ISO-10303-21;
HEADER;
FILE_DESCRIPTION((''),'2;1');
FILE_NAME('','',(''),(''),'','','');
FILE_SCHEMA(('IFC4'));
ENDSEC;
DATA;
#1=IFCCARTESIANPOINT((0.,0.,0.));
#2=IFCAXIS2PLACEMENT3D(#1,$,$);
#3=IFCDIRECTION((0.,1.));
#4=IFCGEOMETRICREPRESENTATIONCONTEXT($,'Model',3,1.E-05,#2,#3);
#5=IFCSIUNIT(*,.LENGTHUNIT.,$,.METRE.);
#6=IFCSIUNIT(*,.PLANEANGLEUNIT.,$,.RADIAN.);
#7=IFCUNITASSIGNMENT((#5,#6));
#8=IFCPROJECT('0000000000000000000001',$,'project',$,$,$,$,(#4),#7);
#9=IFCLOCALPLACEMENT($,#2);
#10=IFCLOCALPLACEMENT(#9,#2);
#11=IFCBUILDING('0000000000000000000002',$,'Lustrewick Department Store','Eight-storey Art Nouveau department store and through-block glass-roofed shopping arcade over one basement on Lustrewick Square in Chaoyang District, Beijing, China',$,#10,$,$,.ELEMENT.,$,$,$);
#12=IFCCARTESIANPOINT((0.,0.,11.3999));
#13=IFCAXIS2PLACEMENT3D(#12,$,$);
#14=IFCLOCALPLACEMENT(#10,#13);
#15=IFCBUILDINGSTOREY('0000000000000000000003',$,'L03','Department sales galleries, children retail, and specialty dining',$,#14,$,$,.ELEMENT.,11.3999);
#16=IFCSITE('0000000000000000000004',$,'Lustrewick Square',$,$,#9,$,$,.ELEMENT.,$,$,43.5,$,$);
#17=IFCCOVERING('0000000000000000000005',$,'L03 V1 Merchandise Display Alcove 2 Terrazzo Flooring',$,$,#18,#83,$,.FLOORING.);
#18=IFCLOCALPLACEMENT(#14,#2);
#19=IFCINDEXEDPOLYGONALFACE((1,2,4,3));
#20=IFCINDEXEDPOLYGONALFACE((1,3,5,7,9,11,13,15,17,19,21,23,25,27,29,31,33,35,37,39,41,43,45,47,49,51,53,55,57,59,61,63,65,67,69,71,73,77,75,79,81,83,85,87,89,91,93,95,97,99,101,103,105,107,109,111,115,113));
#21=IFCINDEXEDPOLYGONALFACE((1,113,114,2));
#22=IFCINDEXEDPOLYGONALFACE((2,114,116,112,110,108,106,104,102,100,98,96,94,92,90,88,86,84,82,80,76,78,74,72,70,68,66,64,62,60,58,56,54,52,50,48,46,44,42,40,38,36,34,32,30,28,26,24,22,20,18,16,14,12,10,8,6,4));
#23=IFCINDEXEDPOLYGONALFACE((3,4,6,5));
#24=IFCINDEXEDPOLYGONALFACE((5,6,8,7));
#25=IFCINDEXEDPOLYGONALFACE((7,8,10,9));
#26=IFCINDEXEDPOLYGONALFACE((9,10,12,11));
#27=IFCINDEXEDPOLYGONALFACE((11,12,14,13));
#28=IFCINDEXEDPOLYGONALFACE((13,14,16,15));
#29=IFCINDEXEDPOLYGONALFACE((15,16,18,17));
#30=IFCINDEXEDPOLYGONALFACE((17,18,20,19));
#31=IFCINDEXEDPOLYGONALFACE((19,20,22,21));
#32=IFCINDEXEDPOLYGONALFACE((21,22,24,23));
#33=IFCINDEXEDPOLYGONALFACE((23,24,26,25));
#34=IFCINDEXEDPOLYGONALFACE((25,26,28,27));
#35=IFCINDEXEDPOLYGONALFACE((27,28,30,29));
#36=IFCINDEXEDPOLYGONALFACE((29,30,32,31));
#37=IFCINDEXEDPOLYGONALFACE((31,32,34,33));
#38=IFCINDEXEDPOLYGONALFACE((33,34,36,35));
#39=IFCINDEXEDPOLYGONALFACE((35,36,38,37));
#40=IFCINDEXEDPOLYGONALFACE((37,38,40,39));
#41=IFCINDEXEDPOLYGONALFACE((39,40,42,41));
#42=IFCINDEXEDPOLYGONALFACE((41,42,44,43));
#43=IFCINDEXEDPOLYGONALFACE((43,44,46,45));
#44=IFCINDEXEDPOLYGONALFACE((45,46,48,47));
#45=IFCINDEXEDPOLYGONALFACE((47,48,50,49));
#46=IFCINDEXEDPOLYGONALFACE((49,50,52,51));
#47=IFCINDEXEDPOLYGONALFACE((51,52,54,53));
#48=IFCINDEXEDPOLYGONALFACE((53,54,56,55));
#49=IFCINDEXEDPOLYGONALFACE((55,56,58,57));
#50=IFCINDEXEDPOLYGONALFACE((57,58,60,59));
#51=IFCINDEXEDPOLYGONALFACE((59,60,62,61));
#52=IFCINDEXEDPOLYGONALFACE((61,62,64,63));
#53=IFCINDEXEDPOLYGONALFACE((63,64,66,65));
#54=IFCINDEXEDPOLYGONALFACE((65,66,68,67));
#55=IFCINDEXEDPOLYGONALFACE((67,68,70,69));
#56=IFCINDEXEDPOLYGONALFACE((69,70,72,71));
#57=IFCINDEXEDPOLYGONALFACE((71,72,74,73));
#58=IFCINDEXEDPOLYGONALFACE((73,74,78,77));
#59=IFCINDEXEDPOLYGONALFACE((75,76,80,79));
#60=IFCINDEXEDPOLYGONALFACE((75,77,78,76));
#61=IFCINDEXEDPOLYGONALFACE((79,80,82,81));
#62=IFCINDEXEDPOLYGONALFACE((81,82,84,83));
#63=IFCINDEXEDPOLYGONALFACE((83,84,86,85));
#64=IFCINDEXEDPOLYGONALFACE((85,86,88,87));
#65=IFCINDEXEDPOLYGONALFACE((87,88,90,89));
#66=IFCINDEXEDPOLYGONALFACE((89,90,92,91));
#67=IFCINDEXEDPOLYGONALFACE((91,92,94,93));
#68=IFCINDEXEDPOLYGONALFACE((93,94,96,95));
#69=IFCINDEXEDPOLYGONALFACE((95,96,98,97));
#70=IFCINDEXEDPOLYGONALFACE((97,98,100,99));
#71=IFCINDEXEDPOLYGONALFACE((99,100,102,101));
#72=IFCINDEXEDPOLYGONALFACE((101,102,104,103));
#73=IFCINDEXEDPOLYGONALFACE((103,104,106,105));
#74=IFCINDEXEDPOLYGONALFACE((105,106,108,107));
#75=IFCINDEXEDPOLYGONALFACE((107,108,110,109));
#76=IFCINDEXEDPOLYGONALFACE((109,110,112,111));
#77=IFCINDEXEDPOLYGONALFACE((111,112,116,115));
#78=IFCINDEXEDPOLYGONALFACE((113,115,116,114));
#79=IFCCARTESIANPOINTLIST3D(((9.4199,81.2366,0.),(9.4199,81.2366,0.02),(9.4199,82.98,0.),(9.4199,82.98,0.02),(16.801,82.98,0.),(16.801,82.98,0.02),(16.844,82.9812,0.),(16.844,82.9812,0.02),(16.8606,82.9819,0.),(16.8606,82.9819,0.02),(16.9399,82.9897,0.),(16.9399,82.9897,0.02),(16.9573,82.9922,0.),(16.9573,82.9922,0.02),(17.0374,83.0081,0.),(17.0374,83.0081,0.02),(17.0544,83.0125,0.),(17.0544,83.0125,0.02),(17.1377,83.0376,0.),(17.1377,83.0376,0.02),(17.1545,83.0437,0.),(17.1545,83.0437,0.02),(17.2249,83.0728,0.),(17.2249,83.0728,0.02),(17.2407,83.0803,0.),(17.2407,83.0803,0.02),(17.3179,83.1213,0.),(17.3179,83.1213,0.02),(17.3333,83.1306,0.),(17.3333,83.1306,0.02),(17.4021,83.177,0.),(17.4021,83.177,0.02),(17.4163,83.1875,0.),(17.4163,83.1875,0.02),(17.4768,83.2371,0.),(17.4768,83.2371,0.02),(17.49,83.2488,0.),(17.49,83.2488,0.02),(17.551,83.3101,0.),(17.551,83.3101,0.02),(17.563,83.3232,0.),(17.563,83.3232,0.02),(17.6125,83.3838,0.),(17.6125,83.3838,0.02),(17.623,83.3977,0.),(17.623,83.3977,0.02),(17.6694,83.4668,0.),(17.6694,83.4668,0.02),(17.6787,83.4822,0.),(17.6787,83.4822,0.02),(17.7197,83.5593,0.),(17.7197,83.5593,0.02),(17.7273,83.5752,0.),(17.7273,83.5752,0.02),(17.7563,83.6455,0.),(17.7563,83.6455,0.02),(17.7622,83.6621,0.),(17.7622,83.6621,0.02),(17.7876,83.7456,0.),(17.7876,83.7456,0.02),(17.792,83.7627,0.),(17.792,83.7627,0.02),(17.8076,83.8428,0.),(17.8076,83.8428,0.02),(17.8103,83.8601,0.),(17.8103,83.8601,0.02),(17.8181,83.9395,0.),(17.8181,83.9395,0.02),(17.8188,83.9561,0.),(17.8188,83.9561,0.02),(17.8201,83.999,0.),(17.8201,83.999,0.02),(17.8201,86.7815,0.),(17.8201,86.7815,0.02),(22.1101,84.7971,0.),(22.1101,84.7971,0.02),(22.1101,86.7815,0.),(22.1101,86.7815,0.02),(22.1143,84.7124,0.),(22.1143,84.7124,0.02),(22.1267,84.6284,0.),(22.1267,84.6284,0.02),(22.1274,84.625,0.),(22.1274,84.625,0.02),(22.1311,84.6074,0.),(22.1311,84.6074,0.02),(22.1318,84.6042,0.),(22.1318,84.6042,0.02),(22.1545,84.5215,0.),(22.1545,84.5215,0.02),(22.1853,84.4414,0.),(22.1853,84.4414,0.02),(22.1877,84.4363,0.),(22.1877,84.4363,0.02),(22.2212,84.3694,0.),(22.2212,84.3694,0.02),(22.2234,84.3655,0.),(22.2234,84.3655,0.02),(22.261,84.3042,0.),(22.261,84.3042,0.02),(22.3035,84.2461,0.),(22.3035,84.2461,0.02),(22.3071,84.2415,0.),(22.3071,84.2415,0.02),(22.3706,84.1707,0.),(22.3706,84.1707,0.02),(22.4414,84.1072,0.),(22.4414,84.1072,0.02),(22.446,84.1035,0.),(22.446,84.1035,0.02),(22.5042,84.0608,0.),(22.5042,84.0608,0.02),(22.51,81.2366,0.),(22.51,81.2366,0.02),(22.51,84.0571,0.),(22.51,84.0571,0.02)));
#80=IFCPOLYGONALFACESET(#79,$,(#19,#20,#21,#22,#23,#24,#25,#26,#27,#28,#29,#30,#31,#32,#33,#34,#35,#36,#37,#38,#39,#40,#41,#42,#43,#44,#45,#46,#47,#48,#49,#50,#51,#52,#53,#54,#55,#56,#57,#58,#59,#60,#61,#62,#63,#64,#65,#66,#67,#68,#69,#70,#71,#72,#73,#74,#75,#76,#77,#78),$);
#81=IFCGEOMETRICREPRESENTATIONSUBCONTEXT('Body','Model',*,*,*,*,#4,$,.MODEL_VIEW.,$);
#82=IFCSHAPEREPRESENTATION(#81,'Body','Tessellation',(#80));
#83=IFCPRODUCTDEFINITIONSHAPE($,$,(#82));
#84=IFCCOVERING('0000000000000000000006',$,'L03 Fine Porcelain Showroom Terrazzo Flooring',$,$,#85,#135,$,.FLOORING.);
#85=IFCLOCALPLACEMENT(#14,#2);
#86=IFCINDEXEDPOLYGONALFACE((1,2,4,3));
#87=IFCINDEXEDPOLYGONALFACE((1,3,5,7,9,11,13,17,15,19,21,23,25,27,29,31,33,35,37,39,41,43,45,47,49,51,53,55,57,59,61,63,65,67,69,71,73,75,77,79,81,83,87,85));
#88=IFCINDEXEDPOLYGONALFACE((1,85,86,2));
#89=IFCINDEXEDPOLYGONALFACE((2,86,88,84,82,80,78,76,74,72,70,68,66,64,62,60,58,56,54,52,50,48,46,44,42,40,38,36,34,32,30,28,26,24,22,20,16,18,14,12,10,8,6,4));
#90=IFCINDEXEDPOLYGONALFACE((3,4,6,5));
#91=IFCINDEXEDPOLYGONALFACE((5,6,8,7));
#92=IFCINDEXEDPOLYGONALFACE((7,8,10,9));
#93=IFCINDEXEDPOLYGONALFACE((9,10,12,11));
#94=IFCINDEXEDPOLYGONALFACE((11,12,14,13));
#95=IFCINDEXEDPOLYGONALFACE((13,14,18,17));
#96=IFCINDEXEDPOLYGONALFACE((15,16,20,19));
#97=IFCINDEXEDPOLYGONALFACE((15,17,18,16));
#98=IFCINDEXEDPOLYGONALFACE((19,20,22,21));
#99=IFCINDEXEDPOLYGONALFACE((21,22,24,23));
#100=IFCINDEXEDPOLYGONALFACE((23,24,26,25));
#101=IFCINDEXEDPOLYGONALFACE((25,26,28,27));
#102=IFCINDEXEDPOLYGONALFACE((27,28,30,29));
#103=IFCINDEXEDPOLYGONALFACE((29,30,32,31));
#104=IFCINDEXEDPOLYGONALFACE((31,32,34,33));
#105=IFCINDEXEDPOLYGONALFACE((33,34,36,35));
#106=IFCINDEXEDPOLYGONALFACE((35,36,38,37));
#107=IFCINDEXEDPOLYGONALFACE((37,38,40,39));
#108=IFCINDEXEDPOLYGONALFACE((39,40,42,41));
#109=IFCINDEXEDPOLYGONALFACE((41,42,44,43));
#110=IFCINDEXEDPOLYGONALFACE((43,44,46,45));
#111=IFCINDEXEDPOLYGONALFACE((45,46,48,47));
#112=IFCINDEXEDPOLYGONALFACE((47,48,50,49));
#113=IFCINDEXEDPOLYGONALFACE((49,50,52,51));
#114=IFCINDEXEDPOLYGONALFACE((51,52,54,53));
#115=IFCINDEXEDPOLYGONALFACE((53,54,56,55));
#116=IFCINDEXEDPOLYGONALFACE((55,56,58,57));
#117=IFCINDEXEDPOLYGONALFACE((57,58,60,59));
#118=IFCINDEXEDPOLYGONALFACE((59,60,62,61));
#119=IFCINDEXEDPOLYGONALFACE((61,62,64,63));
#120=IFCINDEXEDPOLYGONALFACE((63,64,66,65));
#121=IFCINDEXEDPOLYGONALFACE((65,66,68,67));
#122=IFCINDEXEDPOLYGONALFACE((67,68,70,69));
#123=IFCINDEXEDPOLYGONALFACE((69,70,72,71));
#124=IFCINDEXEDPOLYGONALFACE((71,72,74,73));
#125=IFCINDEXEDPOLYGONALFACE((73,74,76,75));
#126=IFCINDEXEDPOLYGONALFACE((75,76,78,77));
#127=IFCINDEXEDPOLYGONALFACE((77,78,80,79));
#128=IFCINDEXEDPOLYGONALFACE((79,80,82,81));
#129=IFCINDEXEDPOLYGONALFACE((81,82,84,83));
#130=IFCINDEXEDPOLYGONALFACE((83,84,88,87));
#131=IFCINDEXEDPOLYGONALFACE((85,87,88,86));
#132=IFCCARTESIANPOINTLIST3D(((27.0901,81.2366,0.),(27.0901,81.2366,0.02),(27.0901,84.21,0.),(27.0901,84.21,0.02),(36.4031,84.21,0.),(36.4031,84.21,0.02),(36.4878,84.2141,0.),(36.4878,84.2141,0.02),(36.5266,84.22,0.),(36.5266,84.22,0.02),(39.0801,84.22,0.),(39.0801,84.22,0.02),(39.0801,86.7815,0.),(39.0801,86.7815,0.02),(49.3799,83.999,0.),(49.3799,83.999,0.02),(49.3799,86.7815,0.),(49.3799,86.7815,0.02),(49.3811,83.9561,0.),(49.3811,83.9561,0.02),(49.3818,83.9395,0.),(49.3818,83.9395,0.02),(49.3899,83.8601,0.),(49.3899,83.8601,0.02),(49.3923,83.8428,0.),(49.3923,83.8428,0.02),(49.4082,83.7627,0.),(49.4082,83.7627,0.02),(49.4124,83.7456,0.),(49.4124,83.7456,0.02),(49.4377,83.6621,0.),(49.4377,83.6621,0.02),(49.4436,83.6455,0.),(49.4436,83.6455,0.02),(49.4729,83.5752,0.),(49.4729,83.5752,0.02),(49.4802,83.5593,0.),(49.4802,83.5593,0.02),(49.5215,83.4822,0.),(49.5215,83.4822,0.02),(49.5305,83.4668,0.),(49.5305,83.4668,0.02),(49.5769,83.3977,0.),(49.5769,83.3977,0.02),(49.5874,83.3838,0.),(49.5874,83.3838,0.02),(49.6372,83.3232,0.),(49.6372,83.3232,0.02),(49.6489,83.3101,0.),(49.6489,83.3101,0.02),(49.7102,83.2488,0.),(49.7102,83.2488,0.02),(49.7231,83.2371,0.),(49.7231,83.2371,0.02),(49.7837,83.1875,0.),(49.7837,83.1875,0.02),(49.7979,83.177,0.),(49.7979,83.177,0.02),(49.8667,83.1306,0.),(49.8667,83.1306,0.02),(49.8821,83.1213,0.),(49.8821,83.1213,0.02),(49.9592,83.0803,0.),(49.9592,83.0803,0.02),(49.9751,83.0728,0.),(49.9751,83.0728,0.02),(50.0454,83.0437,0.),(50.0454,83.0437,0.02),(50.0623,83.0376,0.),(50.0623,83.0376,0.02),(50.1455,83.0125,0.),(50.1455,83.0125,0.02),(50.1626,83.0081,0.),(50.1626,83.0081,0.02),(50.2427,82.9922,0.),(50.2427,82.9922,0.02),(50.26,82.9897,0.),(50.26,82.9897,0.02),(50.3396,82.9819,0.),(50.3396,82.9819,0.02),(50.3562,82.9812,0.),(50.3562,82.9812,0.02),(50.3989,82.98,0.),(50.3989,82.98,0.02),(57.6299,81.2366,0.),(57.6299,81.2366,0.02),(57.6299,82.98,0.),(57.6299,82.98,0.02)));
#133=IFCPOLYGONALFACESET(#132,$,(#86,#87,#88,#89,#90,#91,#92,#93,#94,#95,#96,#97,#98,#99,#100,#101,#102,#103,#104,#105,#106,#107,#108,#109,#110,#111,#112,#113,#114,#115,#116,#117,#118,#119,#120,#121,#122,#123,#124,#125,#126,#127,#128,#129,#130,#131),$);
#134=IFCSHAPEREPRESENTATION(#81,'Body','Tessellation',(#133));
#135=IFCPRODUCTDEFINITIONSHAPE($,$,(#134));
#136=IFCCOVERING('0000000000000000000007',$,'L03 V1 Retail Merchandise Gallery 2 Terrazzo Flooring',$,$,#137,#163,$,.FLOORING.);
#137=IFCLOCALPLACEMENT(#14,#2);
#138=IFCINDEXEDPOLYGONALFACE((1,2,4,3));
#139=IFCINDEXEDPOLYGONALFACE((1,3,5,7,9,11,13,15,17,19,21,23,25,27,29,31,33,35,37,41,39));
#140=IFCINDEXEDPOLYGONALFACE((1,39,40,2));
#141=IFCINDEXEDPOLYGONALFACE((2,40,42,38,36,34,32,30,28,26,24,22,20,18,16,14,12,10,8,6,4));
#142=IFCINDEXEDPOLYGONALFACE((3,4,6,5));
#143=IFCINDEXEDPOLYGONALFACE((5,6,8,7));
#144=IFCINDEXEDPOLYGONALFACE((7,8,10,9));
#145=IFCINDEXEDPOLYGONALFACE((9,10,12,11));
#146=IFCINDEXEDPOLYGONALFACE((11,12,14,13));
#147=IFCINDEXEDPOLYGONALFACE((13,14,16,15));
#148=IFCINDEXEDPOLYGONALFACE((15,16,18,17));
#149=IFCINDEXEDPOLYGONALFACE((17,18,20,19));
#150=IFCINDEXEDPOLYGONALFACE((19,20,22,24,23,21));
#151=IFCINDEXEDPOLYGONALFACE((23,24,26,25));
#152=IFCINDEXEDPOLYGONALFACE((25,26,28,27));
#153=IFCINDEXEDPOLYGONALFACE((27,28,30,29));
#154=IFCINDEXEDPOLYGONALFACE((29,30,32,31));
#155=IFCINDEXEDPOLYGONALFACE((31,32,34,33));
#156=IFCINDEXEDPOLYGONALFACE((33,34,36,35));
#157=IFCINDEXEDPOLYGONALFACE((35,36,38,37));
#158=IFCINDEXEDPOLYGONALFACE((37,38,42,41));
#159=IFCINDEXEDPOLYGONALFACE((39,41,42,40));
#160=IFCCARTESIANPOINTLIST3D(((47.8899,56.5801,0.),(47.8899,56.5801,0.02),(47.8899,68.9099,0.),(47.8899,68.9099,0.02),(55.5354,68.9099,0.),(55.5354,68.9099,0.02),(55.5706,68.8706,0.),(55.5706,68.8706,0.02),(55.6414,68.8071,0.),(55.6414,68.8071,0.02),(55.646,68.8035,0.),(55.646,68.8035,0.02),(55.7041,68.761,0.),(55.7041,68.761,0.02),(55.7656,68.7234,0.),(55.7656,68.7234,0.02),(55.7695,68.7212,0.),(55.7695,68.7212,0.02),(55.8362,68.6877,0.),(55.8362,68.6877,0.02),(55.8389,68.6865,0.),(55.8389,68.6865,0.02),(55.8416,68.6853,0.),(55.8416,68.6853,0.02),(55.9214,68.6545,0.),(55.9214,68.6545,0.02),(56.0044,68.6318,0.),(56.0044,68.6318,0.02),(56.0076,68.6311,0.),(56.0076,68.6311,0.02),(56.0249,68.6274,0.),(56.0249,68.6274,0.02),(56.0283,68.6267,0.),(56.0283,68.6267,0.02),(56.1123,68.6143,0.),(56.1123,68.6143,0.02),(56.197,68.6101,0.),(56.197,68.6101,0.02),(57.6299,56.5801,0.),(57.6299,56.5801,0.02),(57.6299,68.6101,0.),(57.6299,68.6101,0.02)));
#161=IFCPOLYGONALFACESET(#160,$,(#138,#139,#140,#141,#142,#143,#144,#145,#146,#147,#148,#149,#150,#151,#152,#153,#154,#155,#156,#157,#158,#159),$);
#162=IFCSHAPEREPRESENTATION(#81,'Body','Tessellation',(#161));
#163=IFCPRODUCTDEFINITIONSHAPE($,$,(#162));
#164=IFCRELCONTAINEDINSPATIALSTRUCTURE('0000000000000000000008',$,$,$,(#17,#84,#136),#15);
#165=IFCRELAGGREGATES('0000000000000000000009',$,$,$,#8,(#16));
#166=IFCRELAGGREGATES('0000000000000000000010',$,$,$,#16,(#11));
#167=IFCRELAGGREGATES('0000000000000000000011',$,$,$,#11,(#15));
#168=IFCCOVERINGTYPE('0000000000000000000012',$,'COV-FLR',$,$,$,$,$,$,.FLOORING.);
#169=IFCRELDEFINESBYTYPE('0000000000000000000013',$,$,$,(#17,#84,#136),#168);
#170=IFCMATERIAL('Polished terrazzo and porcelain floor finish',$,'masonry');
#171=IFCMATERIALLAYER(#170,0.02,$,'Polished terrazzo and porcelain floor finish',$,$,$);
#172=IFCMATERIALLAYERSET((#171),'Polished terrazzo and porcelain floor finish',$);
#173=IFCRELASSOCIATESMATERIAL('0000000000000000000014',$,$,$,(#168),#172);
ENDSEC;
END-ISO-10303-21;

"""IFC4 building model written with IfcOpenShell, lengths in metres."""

from ifc_helpers import new_model, si_unit, direction, frame, origin, place, context, subcontext, project, spatial, polyline, outline, extrude, material, layer, layer_set, type_object, element, save


model = new_model("IFC4")

# Units and contexts
model_context = context("Model", 3, precision=1e-05, world=origin(), true_north=direction((0.0, 1.0)))
body_context = subcontext(model_context, "Body", "Model", "MODEL_VIEW")
ifc_project = project(units=[si_unit("LENGTHUNIT", "METRE"), si_unit("PLANEANGLEUNIT", "RADIAN")], contexts=[model_context])

# Site, building, storey
site_placement = place(None, origin())
site = spatial("IfcSite", under=ifc_project, at=site_placement, Name="Lustrewick Square", CompositionType="ELEMENT", RefElevation=43.5)
building_placement = place(site_placement, origin())
building = spatial("IfcBuilding", under=site, at=building_placement, Name="Lustrewick Department Store", Description="Eight-storey Art Nouveau department store and through-block glass-roofed shopping arcade over one basement on Lustrewick Square in Chaoyang District, Beijing, China", CompositionType="ELEMENT")
storey_placement = place(building_placement, frame((0.0, 0.0, 11.3999)))
storey = spatial("IfcBuildingStorey", under=building, at=storey_placement, Name="L03", Description="Department sales galleries, children retail, and specialty dining", CompositionType="ELEMENT", Elevation=11.3999)

# Coverings
ifc_material_1 = material(Name="Polished terrazzo and porcelain floor finish", Category="masonry")
ifc_layer_1 = layer(ifc_material_1, 0.02, Name="Polished terrazzo and porcelain floor finish")
ifc_layer_set_1 = layer_set([ifc_layer_1], Name="Polished terrazzo and porcelain floor finish")
covering_type_1 = type_object("IfcCoveringType", Name="COV-FLR", PredefinedType="FLOORING", material=ifc_layer_set_1)
covering_1_placement = place(storey_placement, origin())
element("IfcCovering", 1, at=covering_1_placement, inside=storey, type_object=covering_type_1, Name="L03 V1 Merchandise Display Alcove 2 Terrazzo Flooring", PredefinedType="FLOORING", context=body_context, shape_type="SweptSolid", body=[
    extrude(outline(polyline([(16.844, 82.9812), (16.801, 82.98), (9.4199, 82.98), (9.4199, 81.2366), (22.51, 81.2366), (22.51, 84.0571), (22.5042, 84.0608), (22.446, 84.1035), (22.4414, 84.1072), (22.3706, 84.1707), (22.3071, 84.2415), (22.3035, 84.2461), (22.261, 84.3042), (22.2234, 84.3655), (22.2212, 84.3694), (22.1877, 84.4363), (22.1853, 84.4414), (22.1545, 84.5215), (22.1318, 84.6042), (22.1311, 84.6074), (22.1274, 84.625), (22.1267, 84.6284), (22.1143, 84.7124), (22.1101, 84.7971), (22.1101, 86.7815), (17.8201, 86.7815), (17.8201, 83.999), (17.8188, 83.9561), (17.8181, 83.9395), (17.8103, 83.8601), (17.8076, 83.8428), (17.792, 83.7627), (17.7876, 83.7456), (17.7622, 83.6621), (17.7563, 83.6455), (17.7273, 83.5752), (17.7197, 83.5593), (17.6787, 83.4822), (17.6694, 83.4668), (17.623, 83.3977), (17.6125, 83.3838), (17.563, 83.3232), (17.551, 83.3101), (17.49, 83.2488), (17.4768, 83.2371), (17.4163, 83.1875), (17.4021, 83.177), (17.3333, 83.1306), (17.3179, 83.1213), (17.2407, 83.0803), (17.2249, 83.0728), (17.1545, 83.0437), (17.1377, 83.0376), (17.0544, 83.0125), (17.0374, 83.0081), (16.9573, 82.9922), (16.9399, 82.9897), (16.8606, 82.9819), (16.844, 82.9812)])), origin(), (0.0, 0.0, 1.0), 0.02),
])
covering_2_placement = place(storey_placement, origin())
element("IfcCovering", 2, at=covering_2_placement, inside=storey, type_object=covering_type_1, Name="L03 Fine Porcelain Showroom Terrazzo Flooring", PredefinedType="FLOORING", context=body_context, shape_type="SweptSolid", body=[
    extrude(outline(polyline([(49.3799, 86.7815), (39.0801, 86.7815), (39.0801, 84.22), (36.5266, 84.22), (36.4878, 84.2141), (36.4031, 84.21), (27.0901, 84.21), (27.0901, 81.2366), (57.6299, 81.2366), (57.6299, 82.98), (50.3989, 82.98), (50.3562, 82.9812), (50.3396, 82.9819), (50.26, 82.9897), (50.2427, 82.9922), (50.1626, 83.0081), (50.1455, 83.0125), (50.0623, 83.0376), (50.0454, 83.0437), (49.9751, 83.0728), (49.9592, 83.0803), (49.8821, 83.1213), (49.8667, 83.1306), (49.7979, 83.177), (49.7837, 83.1875), (49.7231, 83.2371), (49.7102, 83.2488), (49.6489, 83.3101), (49.6372, 83.3232), (49.5874, 83.3838), (49.5769, 83.3977), (49.5305, 83.4668), (49.5215, 83.4822), (49.4802, 83.5593), (49.4729, 83.5752), (49.4436, 83.6455), (49.4377, 83.6621), (49.4124, 83.7456), (49.4082, 83.7627), (49.3923, 83.8428), (49.3899, 83.8601), (49.3818, 83.9395), (49.3811, 83.9561), (49.3799, 83.999), (49.3799, 86.7815)])), origin(), (0.0, 0.0, 1.0), 0.02),
])
covering_3_placement = place(storey_placement, origin())
element("IfcCovering", 3, at=covering_3_placement, inside=storey, type_object=covering_type_1, Name="L03 V1 Retail Merchandise Gallery 2 Terrazzo Flooring", PredefinedType="FLOORING", context=body_context, shape_type="SweptSolid", body=[
    extrude(outline(polyline([(55.5354, 68.9099), (47.8899, 68.9099), (47.8899, 56.5801), (57.6299, 56.5801), (57.6299, 68.6101), (56.197, 68.6101), (56.1123, 68.6143), (56.0283, 68.6267), (56.0249, 68.6274), (56.0076, 68.6311), (56.0044, 68.6318), (55.9214, 68.6545), (55.8416, 68.6853), (55.8389, 68.6865), (55.8362, 68.6877), (55.7695, 68.7212), (55.7656, 68.7234), (55.7041, 68.761), (55.646, 68.8035), (55.6414, 68.8071), (55.5706, 68.8706), (55.5354, 68.9099)])), origin(), (0.0, 0.0, 1.0), 0.02),
])

save(model, "model.ifc")
